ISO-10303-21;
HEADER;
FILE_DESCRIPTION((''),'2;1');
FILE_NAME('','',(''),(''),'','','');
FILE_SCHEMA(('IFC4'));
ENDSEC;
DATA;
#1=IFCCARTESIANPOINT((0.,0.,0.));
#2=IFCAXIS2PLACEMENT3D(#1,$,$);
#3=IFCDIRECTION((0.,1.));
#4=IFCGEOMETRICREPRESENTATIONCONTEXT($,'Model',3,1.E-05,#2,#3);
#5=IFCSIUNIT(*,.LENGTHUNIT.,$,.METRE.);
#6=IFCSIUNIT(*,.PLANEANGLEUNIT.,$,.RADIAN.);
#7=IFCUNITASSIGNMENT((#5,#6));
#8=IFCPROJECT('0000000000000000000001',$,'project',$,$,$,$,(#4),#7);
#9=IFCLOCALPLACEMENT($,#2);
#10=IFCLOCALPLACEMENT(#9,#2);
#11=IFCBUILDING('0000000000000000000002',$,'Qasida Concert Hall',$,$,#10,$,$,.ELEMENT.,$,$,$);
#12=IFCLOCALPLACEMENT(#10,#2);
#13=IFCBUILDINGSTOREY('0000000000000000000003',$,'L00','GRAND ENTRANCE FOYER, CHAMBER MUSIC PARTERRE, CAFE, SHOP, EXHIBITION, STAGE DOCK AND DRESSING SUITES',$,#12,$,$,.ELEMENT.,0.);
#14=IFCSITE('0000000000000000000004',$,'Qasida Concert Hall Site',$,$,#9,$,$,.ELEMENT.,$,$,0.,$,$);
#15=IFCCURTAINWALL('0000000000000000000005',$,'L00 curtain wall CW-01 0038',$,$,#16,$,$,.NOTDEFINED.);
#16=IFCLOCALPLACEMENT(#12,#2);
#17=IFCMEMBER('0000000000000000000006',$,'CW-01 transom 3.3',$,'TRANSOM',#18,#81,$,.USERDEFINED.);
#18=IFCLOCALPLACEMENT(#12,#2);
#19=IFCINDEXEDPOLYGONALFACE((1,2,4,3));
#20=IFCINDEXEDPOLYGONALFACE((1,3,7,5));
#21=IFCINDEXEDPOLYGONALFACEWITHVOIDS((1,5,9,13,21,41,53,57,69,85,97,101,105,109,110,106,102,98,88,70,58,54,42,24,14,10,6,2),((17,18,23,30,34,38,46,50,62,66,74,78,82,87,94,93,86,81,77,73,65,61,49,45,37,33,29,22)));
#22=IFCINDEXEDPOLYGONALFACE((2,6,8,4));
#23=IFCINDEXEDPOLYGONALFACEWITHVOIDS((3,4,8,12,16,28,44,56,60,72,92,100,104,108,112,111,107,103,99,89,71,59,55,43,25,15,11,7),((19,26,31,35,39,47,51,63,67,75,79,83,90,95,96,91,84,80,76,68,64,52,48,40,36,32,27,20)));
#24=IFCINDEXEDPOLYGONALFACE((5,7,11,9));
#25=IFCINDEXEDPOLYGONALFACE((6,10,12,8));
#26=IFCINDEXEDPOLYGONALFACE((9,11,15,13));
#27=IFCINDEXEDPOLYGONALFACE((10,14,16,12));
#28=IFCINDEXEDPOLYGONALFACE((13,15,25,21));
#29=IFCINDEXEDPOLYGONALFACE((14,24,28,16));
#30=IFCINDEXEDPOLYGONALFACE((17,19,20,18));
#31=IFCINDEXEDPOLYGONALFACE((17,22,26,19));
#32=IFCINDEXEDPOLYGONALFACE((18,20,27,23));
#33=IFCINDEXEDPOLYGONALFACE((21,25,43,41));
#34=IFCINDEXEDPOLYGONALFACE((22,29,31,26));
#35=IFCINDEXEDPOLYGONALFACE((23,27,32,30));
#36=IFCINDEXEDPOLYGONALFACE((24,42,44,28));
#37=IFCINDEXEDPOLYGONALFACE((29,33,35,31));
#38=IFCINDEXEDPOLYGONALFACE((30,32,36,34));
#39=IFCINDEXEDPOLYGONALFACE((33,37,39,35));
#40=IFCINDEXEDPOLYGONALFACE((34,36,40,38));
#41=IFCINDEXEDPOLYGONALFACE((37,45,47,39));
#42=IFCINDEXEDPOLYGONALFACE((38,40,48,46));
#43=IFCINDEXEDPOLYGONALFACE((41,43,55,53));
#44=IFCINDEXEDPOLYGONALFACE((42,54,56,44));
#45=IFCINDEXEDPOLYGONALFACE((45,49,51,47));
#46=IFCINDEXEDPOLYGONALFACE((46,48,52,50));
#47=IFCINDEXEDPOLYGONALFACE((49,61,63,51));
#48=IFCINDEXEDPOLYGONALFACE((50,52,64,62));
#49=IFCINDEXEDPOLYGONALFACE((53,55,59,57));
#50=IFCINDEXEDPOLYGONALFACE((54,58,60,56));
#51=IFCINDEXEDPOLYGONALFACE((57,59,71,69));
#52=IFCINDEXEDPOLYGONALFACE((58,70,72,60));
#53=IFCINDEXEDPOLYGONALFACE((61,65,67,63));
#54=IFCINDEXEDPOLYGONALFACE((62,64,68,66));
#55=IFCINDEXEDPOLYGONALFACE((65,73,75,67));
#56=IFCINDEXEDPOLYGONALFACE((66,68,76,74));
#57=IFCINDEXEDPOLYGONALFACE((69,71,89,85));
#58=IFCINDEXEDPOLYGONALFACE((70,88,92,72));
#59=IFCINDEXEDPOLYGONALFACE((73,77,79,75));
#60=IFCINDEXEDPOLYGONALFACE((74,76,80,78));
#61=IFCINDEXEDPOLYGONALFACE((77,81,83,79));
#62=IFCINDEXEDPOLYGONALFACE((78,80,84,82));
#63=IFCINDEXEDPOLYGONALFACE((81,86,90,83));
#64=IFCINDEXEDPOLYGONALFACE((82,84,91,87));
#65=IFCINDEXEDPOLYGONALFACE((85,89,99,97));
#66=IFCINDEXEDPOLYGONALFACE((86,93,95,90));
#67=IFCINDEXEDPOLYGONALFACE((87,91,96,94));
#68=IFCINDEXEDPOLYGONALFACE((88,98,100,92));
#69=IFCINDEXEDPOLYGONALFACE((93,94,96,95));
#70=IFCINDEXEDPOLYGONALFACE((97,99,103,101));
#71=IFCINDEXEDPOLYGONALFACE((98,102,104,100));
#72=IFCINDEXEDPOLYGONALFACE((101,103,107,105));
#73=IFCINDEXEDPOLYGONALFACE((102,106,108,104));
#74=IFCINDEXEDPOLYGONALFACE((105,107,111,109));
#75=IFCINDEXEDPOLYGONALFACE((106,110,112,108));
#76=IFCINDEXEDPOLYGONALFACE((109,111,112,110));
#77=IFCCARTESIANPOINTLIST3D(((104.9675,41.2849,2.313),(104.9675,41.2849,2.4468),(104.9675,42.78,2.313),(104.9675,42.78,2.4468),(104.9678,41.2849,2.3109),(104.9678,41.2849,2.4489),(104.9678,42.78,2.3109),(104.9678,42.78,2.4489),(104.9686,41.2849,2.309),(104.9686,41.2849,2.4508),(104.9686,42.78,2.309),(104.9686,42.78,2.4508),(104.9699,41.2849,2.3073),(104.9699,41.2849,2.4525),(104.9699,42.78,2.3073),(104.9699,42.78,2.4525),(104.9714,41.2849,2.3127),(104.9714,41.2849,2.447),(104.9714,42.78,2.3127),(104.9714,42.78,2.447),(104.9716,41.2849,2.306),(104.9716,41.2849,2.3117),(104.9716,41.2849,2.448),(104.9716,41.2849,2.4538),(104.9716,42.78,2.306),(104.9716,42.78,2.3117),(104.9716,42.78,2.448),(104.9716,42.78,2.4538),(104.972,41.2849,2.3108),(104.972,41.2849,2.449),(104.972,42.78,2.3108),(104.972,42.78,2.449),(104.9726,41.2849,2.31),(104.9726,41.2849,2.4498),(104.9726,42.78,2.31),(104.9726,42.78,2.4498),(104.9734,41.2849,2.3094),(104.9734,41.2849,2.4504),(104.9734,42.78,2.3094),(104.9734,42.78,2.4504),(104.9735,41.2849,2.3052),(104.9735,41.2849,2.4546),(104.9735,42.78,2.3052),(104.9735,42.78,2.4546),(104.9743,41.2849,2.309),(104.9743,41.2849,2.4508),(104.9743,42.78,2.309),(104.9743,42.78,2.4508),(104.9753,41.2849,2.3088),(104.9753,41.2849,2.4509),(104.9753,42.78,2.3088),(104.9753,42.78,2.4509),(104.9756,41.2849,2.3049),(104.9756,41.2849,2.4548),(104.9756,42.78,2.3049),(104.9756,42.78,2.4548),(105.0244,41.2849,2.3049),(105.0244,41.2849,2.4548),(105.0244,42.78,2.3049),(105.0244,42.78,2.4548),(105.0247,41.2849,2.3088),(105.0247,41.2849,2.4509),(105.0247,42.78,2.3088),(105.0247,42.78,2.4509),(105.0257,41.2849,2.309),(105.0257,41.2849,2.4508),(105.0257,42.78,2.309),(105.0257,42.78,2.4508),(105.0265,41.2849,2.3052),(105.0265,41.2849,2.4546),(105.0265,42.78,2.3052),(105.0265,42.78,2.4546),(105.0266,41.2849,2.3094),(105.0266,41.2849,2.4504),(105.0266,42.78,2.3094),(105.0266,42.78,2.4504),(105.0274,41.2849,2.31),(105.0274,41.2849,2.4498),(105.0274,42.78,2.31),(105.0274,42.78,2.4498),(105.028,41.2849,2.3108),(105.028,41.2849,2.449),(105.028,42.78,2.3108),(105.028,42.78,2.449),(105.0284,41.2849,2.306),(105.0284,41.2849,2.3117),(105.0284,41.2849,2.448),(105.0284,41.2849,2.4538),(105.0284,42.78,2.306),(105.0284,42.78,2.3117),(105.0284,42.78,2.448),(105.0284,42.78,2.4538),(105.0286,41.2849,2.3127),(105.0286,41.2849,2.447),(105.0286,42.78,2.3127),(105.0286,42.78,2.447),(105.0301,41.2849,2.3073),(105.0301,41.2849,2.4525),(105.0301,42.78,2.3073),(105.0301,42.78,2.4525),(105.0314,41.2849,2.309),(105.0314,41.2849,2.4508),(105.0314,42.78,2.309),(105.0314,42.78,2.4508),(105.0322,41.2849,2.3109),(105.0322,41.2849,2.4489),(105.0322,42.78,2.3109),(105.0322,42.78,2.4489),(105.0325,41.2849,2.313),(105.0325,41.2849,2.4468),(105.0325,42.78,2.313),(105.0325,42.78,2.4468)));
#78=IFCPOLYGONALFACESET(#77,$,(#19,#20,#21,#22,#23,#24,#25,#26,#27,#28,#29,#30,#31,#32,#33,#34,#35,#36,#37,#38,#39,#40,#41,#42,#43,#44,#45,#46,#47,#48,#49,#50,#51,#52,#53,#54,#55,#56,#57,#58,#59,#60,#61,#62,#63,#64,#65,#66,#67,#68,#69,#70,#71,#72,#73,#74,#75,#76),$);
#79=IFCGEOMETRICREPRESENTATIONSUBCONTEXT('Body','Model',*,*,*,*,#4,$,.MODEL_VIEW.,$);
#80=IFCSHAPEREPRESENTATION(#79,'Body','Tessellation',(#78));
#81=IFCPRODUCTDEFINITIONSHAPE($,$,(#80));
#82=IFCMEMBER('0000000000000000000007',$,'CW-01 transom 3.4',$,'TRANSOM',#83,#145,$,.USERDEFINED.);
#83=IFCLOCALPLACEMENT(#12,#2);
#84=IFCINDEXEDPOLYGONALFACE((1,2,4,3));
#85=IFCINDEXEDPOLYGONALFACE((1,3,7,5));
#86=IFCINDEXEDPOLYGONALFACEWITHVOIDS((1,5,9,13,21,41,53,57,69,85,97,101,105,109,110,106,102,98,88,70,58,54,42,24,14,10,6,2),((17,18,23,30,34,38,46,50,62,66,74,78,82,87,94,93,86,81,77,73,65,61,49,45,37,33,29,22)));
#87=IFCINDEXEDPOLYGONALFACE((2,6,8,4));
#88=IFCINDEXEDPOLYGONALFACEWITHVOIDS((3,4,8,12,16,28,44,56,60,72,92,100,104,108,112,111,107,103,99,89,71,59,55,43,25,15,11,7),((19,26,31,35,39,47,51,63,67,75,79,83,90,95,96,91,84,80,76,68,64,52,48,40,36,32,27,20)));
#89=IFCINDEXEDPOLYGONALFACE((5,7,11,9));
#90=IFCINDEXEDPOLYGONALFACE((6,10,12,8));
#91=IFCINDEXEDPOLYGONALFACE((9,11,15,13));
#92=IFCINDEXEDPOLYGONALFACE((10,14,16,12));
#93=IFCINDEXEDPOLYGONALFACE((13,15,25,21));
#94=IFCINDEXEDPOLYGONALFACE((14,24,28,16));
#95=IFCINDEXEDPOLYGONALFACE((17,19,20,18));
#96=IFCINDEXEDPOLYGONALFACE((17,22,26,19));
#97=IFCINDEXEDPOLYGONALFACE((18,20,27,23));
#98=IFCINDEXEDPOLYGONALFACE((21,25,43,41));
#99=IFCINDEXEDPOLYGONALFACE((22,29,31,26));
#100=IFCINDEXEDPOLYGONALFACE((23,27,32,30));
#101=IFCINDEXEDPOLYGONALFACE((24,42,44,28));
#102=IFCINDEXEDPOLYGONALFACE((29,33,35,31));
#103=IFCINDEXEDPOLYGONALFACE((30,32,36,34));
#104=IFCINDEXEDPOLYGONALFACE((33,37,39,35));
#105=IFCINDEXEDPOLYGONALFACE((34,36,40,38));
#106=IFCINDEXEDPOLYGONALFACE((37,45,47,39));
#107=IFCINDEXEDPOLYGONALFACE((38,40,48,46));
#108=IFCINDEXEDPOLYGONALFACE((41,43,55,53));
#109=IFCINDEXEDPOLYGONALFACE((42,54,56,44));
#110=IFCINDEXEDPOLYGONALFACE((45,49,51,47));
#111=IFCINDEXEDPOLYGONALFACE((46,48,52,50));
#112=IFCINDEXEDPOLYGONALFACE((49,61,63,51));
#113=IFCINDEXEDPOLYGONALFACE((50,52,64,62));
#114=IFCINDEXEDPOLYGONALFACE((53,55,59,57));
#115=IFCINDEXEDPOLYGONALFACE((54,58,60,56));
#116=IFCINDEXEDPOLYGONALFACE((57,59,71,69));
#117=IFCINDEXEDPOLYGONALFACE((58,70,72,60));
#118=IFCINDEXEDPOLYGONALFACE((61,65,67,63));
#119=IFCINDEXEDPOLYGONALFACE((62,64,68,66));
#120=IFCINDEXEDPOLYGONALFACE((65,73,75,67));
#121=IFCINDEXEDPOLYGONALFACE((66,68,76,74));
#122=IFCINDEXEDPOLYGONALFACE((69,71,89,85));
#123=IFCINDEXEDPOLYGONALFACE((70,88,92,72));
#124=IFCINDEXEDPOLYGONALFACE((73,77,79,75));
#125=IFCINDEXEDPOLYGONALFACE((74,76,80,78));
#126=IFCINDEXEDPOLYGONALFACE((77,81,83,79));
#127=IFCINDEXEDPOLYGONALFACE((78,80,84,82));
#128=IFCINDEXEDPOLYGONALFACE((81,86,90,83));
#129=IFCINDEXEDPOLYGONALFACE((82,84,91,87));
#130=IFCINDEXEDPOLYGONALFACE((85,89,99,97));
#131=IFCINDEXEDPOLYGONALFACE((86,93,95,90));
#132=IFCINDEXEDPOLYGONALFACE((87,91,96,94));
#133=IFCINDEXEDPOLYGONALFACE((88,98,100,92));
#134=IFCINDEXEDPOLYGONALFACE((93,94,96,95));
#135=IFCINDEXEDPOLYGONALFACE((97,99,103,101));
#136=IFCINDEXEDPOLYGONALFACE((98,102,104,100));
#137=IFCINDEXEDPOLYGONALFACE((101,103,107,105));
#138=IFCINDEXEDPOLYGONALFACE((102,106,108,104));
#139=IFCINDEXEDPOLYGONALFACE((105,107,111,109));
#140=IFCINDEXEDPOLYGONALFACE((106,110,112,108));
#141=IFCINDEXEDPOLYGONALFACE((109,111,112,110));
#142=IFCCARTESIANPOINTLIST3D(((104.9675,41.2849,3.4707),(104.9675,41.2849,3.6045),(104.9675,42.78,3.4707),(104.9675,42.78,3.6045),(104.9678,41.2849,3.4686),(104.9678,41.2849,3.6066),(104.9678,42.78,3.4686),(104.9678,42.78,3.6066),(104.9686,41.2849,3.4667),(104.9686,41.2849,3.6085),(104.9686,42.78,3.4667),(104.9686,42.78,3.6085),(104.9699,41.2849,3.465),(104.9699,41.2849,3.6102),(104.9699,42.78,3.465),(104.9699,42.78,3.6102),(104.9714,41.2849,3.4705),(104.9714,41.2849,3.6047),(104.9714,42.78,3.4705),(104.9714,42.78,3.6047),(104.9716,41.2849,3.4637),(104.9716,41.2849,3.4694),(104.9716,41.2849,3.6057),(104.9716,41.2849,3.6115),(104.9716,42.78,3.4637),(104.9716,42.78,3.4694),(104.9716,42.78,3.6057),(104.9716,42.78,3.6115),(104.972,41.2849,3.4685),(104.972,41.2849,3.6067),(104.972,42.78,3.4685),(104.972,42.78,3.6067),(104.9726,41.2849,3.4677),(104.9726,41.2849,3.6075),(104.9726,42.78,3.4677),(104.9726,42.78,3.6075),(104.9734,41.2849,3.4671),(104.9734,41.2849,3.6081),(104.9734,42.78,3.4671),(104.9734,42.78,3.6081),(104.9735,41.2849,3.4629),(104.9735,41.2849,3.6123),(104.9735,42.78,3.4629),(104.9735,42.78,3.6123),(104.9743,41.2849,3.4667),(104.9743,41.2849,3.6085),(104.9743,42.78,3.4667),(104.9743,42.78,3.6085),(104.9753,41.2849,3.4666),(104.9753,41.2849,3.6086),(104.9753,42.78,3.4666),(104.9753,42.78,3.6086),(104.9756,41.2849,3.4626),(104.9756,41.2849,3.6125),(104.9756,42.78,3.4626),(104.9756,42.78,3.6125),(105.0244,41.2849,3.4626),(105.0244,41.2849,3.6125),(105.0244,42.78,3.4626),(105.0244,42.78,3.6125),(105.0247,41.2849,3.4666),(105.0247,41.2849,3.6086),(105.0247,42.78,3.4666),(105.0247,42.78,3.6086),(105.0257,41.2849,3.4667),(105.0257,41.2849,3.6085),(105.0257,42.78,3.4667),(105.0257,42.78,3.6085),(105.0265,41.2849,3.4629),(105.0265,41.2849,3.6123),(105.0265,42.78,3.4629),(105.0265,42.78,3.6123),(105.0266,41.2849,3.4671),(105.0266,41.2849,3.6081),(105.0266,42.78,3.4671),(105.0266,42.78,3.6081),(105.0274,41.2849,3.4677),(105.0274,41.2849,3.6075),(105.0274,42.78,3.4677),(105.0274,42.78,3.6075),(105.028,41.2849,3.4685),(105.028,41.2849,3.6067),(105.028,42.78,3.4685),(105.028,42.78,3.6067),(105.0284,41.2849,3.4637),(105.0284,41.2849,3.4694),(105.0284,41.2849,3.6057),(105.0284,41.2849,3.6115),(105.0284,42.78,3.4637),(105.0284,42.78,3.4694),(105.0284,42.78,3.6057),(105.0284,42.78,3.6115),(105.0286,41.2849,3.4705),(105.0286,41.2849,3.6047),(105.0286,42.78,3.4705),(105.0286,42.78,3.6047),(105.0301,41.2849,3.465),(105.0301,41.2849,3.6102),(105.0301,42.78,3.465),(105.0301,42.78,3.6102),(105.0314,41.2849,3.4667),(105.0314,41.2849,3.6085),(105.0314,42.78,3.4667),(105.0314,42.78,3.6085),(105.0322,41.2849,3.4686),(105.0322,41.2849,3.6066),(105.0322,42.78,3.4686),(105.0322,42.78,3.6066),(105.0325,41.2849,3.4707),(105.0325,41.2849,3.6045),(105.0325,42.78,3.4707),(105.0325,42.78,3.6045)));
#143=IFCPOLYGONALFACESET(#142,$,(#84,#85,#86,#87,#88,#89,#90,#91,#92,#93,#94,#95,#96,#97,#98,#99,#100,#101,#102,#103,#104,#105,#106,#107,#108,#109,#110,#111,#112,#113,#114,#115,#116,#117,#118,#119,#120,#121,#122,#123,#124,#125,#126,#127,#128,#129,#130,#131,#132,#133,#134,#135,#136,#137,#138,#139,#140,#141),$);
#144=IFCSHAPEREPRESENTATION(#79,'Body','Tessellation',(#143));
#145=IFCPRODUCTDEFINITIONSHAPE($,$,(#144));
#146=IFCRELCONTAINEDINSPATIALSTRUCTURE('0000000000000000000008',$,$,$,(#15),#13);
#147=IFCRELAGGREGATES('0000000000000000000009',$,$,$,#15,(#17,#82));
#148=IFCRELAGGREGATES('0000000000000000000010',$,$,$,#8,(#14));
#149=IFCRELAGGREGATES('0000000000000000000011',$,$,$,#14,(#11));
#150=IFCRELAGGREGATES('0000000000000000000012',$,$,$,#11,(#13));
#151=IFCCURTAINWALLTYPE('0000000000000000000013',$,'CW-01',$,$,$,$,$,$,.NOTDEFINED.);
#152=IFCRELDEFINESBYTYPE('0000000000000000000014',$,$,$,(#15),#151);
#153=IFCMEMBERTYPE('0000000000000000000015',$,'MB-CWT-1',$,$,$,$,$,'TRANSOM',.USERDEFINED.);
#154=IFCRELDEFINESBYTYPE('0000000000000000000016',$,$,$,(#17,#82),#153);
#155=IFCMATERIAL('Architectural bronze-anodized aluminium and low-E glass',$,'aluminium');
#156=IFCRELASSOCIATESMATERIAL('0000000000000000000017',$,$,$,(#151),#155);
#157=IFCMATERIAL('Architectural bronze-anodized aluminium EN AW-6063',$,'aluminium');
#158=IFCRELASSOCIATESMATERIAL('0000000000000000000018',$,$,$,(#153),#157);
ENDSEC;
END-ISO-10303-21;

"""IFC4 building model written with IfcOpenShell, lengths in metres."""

from ifc_helpers import new_model, si_unit, direction, frame, origin, origin_2d, place, context, subcontext, project, spatial, hollow_rectangle, extrude, material, material_profile, profile_set, type_object, element, aggregate, save


model = new_model("IFC4")

# Units and contexts
model_context = context("Model", 3, precision=1e-05, world=origin(), true_north=direction((0.0, 1.0)))
body_context = subcontext(model_context, "Body", "Model", "MODEL_VIEW")
ifc_project = project(units=[si_unit("LENGTHUNIT", "METRE"), si_unit("PLANEANGLEUNIT", "RADIAN")], contexts=[model_context])

# Site, building, storey
site_placement = place(None, origin())
site = spatial("IfcSite", under=ifc_project, at=site_placement, Name="Qasida Concert Hall Site", CompositionType="ELEMENT", RefElevation=0.0)
building_placement = place(site_placement, origin())
building = spatial("IfcBuilding", under=site, at=building_placement, Name="Qasida Concert Hall", CompositionType="ELEMENT")
storey_placement = place(building_placement, origin())
storey = spatial("IfcBuildingStorey", under=building, at=storey_placement, Name="L00", Description="GRAND ENTRANCE FOYER, CHAMBER MUSIC PARTERRE, CAFE, SHOP, EXHIBITION, STAGE DOCK AND DRESSING SUITES", CompositionType="ELEMENT", Elevation=0.0)

# Curtain wall, members
ifc_material_1 = material(Name="Architectural bronze-anodized aluminium and low-E glass", Category="aluminium")
curtain_wall_type = type_object("IfcCurtainWallType", Name="CW-01", PredefinedType="NOTDEFINED", material=ifc_material_1)
curtain_wall_placement = place(storey_placement, origin())
curtain_wall = element("IfcCurtainWall", 1, at=curtain_wall_placement, inside=storey, type_object=curtain_wall_type, Name="L00 curtain wall CW-01 0038", PredefinedType="NOTDEFINED")
ifc_material_2 = material(Name="Architectural bronze-anodized aluminium EN AW-6063", Category="aluminium")
ifc_material_profile_1 = material_profile(ifc_material_2, hollow_rectangle(XDim=0.0649, YDim=0.1499, WallThickness=0.0039, InnerFilletRadius=0.0039, OuterFilletRadius=0.0081, at=origin_2d()), Name="CWT 150x65x4")
ifc_profile_set_1 = profile_set([ifc_material_profile_1], Name="Architectural bronze-anodized aluminium EN AW-6063")
member_type_1 = type_object("IfcMemberType", Name="MB-CWT-1", ElementType="TRANSOM", PredefinedType="USERDEFINED", material=ifc_profile_set_1)
member_1_placement = place(storey_placement, frame((105.0, 41.2849, 2.3799), z_axis=(0.0, 1.0, 0.0), x_axis=(-1.0, 0.0, 0.0)))
member_1 = element("IfcMember", 2, at=member_1_placement, type_object=member_type_1, Name="CW-01 transom 3.3", ObjectType="TRANSOM", PredefinedType="USERDEFINED", context=body_context, shape_type="SweptSolid", body=[
    extrude(hollow_rectangle(XDim=0.0649, YDim=0.1499, WallThickness=0.0039, InnerFilletRadius=0.0039, OuterFilletRadius=0.0081, at=origin_2d()), origin(), (0.0, 0.0, 1.0), 1.4951),
])
member_2_placement = place(storey_placement, frame((105.0, 41.2849, 3.5376), z_axis=(0.0, 1.0, 0.0), x_axis=(-1.0, 0.0, 0.0)))
member_2 = element("IfcMember", 3, at=member_2_placement, type_object=member_type_1, Name="CW-01 transom 3.4", ObjectType="TRANSOM", PredefinedType="USERDEFINED", context=body_context, shape_type="SweptSolid", body=[
    extrude(hollow_rectangle(XDim=0.0649, YDim=0.1499, WallThickness=0.0039, InnerFilletRadius=0.0039, OuterFilletRadius=0.0081, at=origin_2d()), origin(), (0.0, 0.0, 1.0), 1.4951),
])
aggregate(curtain_wall, [member_1, member_2])

save(model, "model.ifc")
